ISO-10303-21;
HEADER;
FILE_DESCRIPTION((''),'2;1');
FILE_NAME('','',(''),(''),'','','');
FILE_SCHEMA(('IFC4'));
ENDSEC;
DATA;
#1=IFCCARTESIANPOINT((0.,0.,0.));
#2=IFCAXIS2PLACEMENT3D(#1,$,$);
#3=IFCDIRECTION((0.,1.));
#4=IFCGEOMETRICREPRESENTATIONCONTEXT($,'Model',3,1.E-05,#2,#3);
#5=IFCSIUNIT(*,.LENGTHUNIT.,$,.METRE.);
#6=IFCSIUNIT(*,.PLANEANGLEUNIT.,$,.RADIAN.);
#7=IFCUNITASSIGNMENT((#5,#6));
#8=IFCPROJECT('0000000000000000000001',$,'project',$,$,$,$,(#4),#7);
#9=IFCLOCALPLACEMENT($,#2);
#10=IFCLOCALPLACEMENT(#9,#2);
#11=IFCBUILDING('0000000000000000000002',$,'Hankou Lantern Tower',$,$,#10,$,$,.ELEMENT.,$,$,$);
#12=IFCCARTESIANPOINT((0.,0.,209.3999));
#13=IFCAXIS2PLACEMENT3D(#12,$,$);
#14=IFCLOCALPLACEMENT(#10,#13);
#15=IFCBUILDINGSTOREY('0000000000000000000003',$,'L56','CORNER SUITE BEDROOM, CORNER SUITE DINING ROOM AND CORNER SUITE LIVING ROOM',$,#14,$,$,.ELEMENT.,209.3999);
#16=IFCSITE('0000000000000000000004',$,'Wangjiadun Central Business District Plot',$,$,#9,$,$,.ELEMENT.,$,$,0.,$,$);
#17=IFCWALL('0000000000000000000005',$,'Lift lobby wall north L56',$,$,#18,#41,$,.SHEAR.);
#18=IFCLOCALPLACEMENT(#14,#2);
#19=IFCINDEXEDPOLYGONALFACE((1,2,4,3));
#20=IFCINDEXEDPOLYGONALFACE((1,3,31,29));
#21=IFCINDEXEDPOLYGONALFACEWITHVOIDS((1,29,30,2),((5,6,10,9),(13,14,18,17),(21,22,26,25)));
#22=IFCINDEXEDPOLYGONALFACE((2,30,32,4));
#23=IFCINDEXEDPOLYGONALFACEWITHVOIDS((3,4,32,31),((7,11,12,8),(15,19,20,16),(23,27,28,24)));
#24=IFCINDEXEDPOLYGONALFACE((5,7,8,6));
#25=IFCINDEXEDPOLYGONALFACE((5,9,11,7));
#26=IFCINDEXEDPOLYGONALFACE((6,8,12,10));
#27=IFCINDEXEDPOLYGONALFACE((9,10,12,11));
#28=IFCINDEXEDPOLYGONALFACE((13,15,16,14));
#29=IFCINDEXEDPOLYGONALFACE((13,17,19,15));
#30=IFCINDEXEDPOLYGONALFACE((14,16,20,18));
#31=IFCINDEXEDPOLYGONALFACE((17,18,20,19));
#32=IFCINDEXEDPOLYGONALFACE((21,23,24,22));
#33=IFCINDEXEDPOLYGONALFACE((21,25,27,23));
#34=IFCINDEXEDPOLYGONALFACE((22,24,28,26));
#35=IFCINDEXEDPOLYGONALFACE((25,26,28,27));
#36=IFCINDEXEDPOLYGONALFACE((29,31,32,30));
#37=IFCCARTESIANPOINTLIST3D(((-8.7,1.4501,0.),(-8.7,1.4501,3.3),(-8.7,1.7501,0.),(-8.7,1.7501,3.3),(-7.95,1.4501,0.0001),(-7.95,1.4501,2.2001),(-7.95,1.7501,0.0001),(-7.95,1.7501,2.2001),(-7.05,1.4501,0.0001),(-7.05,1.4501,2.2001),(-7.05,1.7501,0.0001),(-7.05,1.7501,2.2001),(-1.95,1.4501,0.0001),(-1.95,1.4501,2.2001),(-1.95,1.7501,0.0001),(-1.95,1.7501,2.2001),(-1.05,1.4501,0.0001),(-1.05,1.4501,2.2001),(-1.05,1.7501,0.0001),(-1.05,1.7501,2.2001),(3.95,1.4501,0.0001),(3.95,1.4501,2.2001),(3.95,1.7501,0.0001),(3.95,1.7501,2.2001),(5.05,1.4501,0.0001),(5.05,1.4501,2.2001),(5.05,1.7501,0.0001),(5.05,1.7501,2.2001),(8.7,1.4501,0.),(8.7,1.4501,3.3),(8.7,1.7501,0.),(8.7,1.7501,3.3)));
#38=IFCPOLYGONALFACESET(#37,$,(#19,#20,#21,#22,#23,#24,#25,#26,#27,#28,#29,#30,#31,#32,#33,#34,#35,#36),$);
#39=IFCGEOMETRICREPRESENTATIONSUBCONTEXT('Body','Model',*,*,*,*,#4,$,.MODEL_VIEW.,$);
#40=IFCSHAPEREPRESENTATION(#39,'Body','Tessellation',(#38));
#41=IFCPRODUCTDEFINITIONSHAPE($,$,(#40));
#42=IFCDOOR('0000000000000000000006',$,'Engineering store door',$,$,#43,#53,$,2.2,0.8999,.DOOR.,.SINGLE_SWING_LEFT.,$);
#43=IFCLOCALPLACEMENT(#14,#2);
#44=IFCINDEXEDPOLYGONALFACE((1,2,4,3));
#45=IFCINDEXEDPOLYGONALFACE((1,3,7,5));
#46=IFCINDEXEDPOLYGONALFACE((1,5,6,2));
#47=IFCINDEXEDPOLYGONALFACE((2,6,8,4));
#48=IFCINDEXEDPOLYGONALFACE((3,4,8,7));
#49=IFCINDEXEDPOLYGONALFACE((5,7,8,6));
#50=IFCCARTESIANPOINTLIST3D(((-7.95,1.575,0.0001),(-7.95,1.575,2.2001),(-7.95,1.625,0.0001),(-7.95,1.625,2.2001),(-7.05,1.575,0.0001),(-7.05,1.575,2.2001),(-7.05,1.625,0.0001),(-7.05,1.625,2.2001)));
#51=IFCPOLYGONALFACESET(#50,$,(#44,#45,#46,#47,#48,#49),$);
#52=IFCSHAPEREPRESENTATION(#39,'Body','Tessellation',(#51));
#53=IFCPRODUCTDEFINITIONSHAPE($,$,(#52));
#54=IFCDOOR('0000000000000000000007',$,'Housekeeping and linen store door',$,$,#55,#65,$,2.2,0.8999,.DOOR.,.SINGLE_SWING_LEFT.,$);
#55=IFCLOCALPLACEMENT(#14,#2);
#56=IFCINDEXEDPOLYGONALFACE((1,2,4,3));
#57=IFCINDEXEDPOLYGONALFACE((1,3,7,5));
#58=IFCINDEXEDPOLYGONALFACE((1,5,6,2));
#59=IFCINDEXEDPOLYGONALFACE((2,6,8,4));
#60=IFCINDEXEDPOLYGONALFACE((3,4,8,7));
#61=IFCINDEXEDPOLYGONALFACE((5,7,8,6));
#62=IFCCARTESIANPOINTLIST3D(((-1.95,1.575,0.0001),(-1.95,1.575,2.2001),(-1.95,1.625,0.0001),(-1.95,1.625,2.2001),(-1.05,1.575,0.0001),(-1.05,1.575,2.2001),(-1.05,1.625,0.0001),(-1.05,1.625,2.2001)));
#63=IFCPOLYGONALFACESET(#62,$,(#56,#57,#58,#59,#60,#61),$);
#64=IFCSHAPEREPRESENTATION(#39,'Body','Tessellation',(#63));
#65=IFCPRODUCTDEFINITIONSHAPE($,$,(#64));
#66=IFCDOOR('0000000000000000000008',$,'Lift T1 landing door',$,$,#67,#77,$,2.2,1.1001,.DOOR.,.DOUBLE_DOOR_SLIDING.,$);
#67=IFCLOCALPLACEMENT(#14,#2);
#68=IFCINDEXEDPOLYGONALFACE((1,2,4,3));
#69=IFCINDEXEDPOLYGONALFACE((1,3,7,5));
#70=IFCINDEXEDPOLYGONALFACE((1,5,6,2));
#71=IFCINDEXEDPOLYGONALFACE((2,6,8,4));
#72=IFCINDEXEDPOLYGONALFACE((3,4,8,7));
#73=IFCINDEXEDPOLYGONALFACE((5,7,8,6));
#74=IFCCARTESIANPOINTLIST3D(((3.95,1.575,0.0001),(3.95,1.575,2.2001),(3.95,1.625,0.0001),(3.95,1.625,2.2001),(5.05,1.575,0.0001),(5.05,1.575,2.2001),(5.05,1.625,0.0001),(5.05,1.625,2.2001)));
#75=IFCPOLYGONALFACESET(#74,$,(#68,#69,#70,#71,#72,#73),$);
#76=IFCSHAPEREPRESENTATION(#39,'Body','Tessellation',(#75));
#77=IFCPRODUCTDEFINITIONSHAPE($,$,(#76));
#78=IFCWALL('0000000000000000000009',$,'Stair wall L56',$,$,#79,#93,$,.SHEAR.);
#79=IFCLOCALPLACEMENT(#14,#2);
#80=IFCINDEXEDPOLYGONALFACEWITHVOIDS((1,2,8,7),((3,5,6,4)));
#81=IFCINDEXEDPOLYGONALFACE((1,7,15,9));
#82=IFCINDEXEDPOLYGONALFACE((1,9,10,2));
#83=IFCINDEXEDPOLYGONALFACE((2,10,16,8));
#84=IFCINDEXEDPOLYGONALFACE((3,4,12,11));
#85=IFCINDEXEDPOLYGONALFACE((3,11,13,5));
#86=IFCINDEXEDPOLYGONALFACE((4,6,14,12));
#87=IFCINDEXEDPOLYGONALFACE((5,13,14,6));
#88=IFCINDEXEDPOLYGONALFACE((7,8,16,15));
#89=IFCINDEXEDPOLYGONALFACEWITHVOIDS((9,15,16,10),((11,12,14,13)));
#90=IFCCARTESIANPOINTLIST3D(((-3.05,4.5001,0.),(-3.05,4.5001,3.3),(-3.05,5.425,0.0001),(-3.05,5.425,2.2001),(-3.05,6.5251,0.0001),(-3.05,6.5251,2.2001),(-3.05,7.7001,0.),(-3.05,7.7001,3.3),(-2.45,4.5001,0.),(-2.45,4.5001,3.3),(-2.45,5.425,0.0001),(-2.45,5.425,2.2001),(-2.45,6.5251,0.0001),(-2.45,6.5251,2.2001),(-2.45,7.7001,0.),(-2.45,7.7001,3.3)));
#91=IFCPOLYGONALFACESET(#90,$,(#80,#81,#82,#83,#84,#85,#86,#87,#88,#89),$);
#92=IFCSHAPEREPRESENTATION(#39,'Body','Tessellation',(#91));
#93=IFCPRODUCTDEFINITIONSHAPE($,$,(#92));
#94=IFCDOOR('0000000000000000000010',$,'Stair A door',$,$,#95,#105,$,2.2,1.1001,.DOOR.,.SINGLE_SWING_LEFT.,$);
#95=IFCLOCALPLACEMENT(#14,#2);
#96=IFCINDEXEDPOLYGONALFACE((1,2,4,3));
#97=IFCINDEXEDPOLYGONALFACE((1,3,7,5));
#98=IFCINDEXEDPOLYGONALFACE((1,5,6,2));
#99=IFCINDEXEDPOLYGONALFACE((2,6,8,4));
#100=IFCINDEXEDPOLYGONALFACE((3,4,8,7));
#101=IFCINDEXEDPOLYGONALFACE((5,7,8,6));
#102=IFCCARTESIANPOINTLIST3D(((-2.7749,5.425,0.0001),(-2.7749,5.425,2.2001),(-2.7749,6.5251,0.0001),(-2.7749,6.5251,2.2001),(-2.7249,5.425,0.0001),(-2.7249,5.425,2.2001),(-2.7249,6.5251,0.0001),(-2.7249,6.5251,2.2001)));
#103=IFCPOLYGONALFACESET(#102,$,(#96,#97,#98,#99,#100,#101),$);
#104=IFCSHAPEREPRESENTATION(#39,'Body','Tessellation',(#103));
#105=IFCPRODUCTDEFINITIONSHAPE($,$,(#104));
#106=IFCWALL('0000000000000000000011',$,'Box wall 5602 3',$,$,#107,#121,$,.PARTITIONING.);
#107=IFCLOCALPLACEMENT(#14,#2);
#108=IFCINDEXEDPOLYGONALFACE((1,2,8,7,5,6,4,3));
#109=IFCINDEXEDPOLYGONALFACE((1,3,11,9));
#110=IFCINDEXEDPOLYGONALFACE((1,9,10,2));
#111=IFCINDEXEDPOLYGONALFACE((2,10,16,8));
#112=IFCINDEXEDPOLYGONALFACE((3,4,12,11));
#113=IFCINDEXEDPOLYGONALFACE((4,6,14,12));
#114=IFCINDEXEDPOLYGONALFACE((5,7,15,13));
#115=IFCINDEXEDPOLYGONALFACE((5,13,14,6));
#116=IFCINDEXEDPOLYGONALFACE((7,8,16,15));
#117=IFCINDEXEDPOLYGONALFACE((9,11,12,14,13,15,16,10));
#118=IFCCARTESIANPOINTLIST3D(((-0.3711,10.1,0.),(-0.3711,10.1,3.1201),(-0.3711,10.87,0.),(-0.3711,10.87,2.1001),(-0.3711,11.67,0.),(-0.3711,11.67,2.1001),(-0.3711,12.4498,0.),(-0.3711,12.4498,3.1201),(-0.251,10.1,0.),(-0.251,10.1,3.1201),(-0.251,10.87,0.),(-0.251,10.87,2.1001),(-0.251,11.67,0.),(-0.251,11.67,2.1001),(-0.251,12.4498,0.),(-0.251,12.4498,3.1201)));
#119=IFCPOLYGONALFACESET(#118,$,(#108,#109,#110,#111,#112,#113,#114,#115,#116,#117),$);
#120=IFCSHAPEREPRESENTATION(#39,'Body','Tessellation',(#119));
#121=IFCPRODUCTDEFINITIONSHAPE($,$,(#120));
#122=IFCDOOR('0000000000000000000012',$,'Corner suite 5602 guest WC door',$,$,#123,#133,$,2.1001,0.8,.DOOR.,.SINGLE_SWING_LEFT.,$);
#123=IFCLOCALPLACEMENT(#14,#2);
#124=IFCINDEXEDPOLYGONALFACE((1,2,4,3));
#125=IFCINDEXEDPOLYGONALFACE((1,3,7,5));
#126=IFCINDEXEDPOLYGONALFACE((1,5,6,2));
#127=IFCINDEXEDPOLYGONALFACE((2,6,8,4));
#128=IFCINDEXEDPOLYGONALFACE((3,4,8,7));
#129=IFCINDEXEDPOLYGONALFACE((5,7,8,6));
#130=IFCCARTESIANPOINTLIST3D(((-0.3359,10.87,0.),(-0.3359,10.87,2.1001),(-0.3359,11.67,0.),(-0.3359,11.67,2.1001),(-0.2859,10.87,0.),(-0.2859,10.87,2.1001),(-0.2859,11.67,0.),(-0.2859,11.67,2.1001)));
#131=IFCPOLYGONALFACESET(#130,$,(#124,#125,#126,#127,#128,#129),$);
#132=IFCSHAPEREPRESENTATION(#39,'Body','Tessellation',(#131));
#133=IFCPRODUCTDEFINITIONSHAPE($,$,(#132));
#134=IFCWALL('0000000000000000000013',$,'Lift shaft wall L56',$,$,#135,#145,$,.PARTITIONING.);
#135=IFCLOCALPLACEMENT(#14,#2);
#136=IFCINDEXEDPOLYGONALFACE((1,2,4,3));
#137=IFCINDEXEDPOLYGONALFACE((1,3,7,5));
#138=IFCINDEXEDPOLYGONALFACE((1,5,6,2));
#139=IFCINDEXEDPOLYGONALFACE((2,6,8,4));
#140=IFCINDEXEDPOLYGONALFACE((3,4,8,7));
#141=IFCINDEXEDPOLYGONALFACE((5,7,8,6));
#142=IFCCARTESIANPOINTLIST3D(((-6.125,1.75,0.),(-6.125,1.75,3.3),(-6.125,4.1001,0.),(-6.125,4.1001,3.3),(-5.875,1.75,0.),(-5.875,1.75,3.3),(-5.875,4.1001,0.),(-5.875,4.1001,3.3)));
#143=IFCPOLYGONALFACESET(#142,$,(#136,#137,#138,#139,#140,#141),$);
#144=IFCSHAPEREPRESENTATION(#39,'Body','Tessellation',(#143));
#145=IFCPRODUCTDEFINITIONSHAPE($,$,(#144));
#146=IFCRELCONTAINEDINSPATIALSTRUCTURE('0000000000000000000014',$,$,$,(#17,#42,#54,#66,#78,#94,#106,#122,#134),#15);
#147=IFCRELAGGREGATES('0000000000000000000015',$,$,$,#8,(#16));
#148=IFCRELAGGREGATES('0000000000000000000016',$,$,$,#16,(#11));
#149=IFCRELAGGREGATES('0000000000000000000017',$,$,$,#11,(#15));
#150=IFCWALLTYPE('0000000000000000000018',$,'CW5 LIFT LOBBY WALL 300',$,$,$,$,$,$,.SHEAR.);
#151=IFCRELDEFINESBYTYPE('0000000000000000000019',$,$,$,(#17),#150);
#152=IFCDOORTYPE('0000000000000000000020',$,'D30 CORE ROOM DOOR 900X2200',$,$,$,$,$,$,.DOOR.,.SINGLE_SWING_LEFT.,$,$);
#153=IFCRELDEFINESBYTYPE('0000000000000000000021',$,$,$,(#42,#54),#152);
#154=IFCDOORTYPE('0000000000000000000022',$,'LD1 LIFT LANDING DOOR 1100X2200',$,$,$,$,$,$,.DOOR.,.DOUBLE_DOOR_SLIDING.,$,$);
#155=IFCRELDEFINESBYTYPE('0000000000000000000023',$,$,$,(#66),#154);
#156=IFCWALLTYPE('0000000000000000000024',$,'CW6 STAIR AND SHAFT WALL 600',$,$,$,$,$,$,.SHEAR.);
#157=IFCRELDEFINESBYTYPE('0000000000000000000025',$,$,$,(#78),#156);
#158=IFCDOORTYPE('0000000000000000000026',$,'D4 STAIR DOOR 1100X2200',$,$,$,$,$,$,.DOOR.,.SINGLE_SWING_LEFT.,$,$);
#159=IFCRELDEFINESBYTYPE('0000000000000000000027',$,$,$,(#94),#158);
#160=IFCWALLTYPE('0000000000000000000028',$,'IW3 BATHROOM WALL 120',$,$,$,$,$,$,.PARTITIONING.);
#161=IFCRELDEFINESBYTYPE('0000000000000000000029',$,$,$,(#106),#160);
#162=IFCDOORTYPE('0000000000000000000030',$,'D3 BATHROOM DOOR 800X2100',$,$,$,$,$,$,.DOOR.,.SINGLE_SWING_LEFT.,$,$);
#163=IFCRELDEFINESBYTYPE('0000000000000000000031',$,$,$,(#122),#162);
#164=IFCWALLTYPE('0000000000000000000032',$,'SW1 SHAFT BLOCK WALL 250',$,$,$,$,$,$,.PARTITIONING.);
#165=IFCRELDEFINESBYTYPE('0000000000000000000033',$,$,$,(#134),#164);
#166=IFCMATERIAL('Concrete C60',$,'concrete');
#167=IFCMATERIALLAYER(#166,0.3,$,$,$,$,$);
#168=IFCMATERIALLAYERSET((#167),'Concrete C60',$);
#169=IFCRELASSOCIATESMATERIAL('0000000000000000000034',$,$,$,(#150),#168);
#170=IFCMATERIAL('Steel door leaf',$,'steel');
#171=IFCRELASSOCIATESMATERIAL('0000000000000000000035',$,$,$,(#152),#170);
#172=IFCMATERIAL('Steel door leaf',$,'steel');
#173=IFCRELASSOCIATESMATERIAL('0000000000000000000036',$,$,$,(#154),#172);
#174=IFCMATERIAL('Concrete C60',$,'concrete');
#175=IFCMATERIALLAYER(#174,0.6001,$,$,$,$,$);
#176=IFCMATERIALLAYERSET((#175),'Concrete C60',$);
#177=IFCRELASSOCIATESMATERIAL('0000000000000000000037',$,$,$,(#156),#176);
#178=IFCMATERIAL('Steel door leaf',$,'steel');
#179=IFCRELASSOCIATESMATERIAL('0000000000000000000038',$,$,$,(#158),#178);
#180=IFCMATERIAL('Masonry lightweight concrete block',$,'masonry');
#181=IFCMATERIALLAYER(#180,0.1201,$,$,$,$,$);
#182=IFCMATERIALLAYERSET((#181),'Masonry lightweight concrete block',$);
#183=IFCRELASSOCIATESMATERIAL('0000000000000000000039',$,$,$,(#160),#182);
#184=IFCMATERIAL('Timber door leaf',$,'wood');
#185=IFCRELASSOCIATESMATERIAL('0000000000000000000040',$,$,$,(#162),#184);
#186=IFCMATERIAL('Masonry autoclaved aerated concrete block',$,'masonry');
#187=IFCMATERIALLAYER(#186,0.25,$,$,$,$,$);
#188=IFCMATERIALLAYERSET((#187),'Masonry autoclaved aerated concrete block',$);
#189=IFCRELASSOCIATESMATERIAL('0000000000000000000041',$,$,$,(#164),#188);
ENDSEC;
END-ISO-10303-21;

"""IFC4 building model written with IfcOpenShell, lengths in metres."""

from ifc_helpers import new_model, si_unit, direction, frame, frame_2d, origin, place, context, subcontext, project, spatial, rectangle, extrude, material, layer, layer_set, type_object, element, fill, save


model = new_model("IFC4")

# Units and contexts
model_context = context("Model", 3, precision=1e-05, world=origin(), true_north=direction((0.0, 1.0)))
body_context = subcontext(model_context, "Body", "Model", "MODEL_VIEW")
ifc_project = project(units=[si_unit("LENGTHUNIT", "METRE"), si_unit("PLANEANGLEUNIT", "RADIAN")], contexts=[model_context])

# Site, building, storey
site_placement = place(None, origin())
site = spatial("IfcSite", under=ifc_project, at=site_placement, Name="Wangjiadun Central Business District Plot", CompositionType="ELEMENT", RefElevation=0.0)
building_placement = place(site_placement, origin())
building = spatial("IfcBuilding", under=site, at=building_placement, Name="Hankou Lantern Tower", CompositionType="ELEMENT")
storey_placement = place(building_placement, frame((0.0, 0.0, 209.3999)))
storey = spatial("IfcBuildingStorey", under=building, at=storey_placement, Name="L56", Description="CORNER SUITE BEDROOM, CORNER SUITE DINING ROOM AND CORNER SUITE LIVING ROOM", CompositionType="ELEMENT", Elevation=209.3999)

# Wall, openings, doors
ifc_material_1 = material(Name="Concrete C60", Category="concrete")
ifc_layer_1 = layer(ifc_material_1, 0.3)
ifc_layer_set_1 = layer_set([ifc_layer_1], Name="Concrete C60")
wall_type_1 = type_object("IfcWallType", Name="CW5 LIFT LOBBY WALL 300", PredefinedType="SHEAR", material=ifc_layer_set_1)
wall_1_placement = place(storey_placement, frame((-8.7, 1.6001, 0.0), z_axis=(0.0, 0.0, 1.0), x_axis=(1.0, 0.0, 0.0)))
wall_1 = element("IfcWall", 1, at=wall_1_placement, inside=storey, type_object=wall_type_1, Name="Lift lobby wall north L56", PredefinedType="SHEAR", context=body_context, shape_type="SweptSolid", body=[
    extrude(rectangle(XDim=17.3999, YDim=0.3, at=frame_2d((8.7, 0.0))), origin(), (0.0, 0.0, 1.0), 3.3),
])
opening_1_placement = place(wall_1_placement, frame((12.6499, 0.0, 0.0)))
opening_1 = element("IfcOpeningElement", 2, at=opening_1_placement, cuts=wall_1, PredefinedType="OPENING", context=body_context, shape_type="SweptSolid", body=[
    extrude(rectangle(XDim=1.1001, YDim=2.2, at=frame_2d((0.55, 1.1001))), frame((0.0, 0.1599, 0.0), z_axis=(0.0, -1.0, 0.0), x_axis=(1.0, 0.0, 0.0)), (0.0, 0.0, 1.0), 0.3201),
])
opening_2_placement = place(wall_1_placement, frame((0.75, 0.0, 0.0)))
opening_2 = element("IfcOpeningElement", 3, at=opening_2_placement, cuts=wall_1, PredefinedType="OPENING", context=body_context, shape_type="SweptSolid", body=[
    extrude(rectangle(XDim=0.8999, YDim=2.2, at=frame_2d((0.45, 1.1001))), frame((0.0, 0.1599, 0.0), z_axis=(0.0, -1.0, 0.0), x_axis=(1.0, 0.0, 0.0)), (0.0, 0.0, 1.0), 0.3201),
])
opening_3_placement = place(wall_1_placement, frame((6.75, 0.0, 0.0)))
opening_3 = element("IfcOpeningElement", 4, at=opening_3_placement, cuts=wall_1, PredefinedType="OPENING", context=body_context, shape_type="SweptSolid", body=[
    extrude(rectangle(XDim=0.8999, YDim=2.2, at=frame_2d((0.45, 1.1001))), frame((0.0, 0.1599, 0.0), z_axis=(0.0, -1.0, 0.0), x_axis=(1.0, 0.0, 0.0)), (0.0, 0.0, 1.0), 0.3201),
])
ifc_material_2 = material(Name="Steel door leaf", Category="steel")
door_type_1 = type_object("IfcDoorType", Name="D30 CORE ROOM DOOR 900X2200", OperationType="SINGLE_SWING_LEFT", PredefinedType="DOOR", material=ifc_material_2)
door_1_placement = place(opening_2_placement, origin())
door_1 = element("IfcDoor", 5, at=door_1_placement, inside=storey, type_object=door_type_1, Name="Engineering store door", OperationType="SINGLE_SWING_LEFT", OverallHeight=2.2, OverallWidth=0.8999, PredefinedType="DOOR", context=body_context, shape_type="SweptSolid", body=[
    extrude(rectangle(XDim=0.8999, YDim=2.2, at=frame_2d((0.45, 1.1001))), frame((0.0, 0.0249, 0.0), z_axis=(0.0, -1.0, 0.0), x_axis=(1.0, 0.0, 0.0)), (0.0, 0.0, 1.0), 0.05),
])
fill(opening_2, door_1)
door_2_placement = place(opening_3_placement, origin())
door_2 = element("IfcDoor", 6, at=door_2_placement, inside=storey, type_object=door_type_1, Name="Housekeeping and linen store door", OperationType="SINGLE_SWING_LEFT", OverallHeight=2.2, OverallWidth=0.8999, PredefinedType="DOOR", context=body_context, shape_type="SweptSolid", body=[
    extrude(rectangle(XDim=0.8999, YDim=2.2, at=frame_2d((0.45, 1.1001))), frame((0.0, 0.0249, 0.0), z_axis=(0.0, -1.0, 0.0), x_axis=(1.0, 0.0, 0.0)), (0.0, 0.0, 1.0), 0.05),
])
fill(opening_3, door_2)
ifc_material_3 = material(Name="Steel door leaf", Category="steel")
door_type_2 = type_object("IfcDoorType", Name="LD1 LIFT LANDING DOOR 1100X2200", OperationType="DOUBLE_DOOR_SLIDING", PredefinedType="DOOR", material=ifc_material_3)
door_3_placement = place(opening_1_placement, origin())
door_3 = element("IfcDoor", 7, at=door_3_placement, inside=storey, type_object=door_type_2, Name="Lift T1 landing door", OperationType="DOUBLE_DOOR_SLIDING", OverallHeight=2.2, OverallWidth=1.1001, PredefinedType="DOOR", context=body_context, shape_type="SweptSolid", body=[
    extrude(rectangle(XDim=1.1001, YDim=2.2, at=frame_2d((0.55, 1.1001))), frame((0.0, 0.0249, 0.0), z_axis=(0.0, -1.0, 0.0), x_axis=(1.0, 0.0, 0.0)), (0.0, 0.0, 1.0), 0.05),
])
fill(opening_1, door_3)

# Walls, openings, doors
ifc_material_4 = material(Name="Concrete C60", Category="concrete")
ifc_layer_2 = layer(ifc_material_4, 0.6001)
ifc_layer_set_2 = layer_set([ifc_layer_2], Name="Concrete C60")
wall_type_2 = type_object("IfcWallType", Name="CW6 STAIR AND SHAFT WALL 600", PredefinedType="SHEAR", material=ifc_layer_set_2)
wall_2_placement = place(storey_placement, frame((-2.75, 4.5, 0.0), z_axis=(0.0, 0.0, 1.0), x_axis=(0.0, 1.0, 0.0)))
wall_2 = element("IfcWall", 8, at=wall_2_placement, inside=storey, type_object=wall_type_2, Name="Stair wall L56", PredefinedType="SHEAR", context=body_context, shape_type="SweptSolid", body=[
    extrude(rectangle(XDim=3.2, YDim=0.6001, at=frame_2d((1.6001, 0.0))), origin(), (0.0, 0.0, 1.0), 3.3),
])
opening_4_placement = place(wall_2_placement, frame((0.925, 0.0, 0.0)))
opening_4 = element("IfcOpeningElement", 9, at=opening_4_placement, cuts=wall_2, PredefinedType="OPENING", context=body_context, shape_type="SweptSolid", body=[
    extrude(rectangle(XDim=1.1001, YDim=2.2, at=frame_2d((0.55, 1.1001))), frame((0.0, 0.3101, 0.0), z_axis=(0.0, -1.0, 0.0), x_axis=(1.0, 0.0, 0.0)), (0.0, 0.0, 1.0), 0.6201),
])
ifc_material_5 = material(Name="Steel door leaf", Category="steel")
door_type_3 = type_object("IfcDoorType", Name="D4 STAIR DOOR 1100X2200", OperationType="SINGLE_SWING_LEFT", PredefinedType="DOOR", material=ifc_material_5)
door_4_placement = place(opening_4_placement, origin())
door_4 = element("IfcDoor", 10, at=door_4_placement, inside=storey, type_object=door_type_3, Name="Stair A door", OperationType="SINGLE_SWING_LEFT", OverallHeight=2.2, OverallWidth=1.1001, PredefinedType="DOOR", context=body_context, shape_type="SweptSolid", body=[
    extrude(rectangle(XDim=1.1001, YDim=2.2, at=frame_2d((0.55, 1.1001))), frame((0.0, 0.0249, 0.0), z_axis=(0.0, -1.0, 0.0), x_axis=(1.0, 0.0, 0.0)), (0.0, 0.0, 1.0), 0.05),
])
fill(opening_4, door_4)
ifc_material_6 = material(Name="Masonry lightweight concrete block", Category="masonry")
ifc_layer_3 = layer(ifc_material_6, 0.1201)
ifc_layer_set_3 = layer_set([ifc_layer_3], Name="Masonry lightweight concrete block")
wall_type_3 = type_object("IfcWallType", Name="IW3 BATHROOM WALL 120", PredefinedType="PARTITIONING", material=ifc_layer_set_3)
wall_3_placement = place(storey_placement, frame((-0.311, 10.1001, 0.0), z_axis=(0.0, 0.0, 1.0), x_axis=(0.0, 1.0, 0.0)))
wall_3 = element("IfcWall", 11, at=wall_3_placement, inside=storey, type_object=wall_type_3, Name="Box wall 5602 3", PredefinedType="PARTITIONING", context=body_context, shape_type="SweptSolid", body=[
    extrude(rectangle(XDim=2.3499, YDim=0.1201, at=frame_2d((1.1748, 0.0))), origin(), (0.0, 0.0, 1.0), 3.1201),
])
opening_5_placement = place(wall_3_placement, frame((0.77, 0.0, 0.0)))
opening_5 = element("IfcOpeningElement", 12, at=opening_5_placement, cuts=wall_3, PredefinedType="OPENING", context=body_context, shape_type="SweptSolid", body=[
    extrude(rectangle(XDim=0.8, YDim=2.1001, at=frame_2d((0.3999, 1.05))), frame((0.0, 0.0701, 0.0), z_axis=(0.0, -1.0, 0.0), x_axis=(1.0, 0.0, 0.0)), (0.0, 0.0, 1.0), 0.1401),
])
ifc_material_7 = material(Name="Timber door leaf", Category="wood")
door_type_4 = type_object("IfcDoorType", Name="D3 BATHROOM DOOR 800X2100", OperationType="SINGLE_SWING_LEFT", PredefinedType="DOOR", material=ifc_material_7)
door_5_placement = place(opening_5_placement, origin())
door_5 = element("IfcDoor", 13, at=door_5_placement, inside=storey, type_object=door_type_4, Name="Corner suite 5602 guest WC door", OperationType="SINGLE_SWING_LEFT", OverallHeight=2.1001, OverallWidth=0.8, PredefinedType="DOOR", context=body_context, shape_type="SweptSolid", body=[
    extrude(rectangle(XDim=0.8, YDim=2.1001, at=frame_2d((0.3999, 1.05))), frame((0.0, 0.0249, 0.0), z_axis=(0.0, -1.0, 0.0), x_axis=(1.0, 0.0, 0.0)), (0.0, 0.0, 1.0), 0.05),
])
fill(opening_5, door_5)

# Wall
ifc_material_8 = material(Name="Masonry autoclaved aerated concrete block", Category="masonry")
ifc_layer_4 = layer(ifc_material_8, 0.25)
ifc_layer_set_4 = layer_set([ifc_layer_4], Name="Masonry autoclaved aerated concrete block")
wall_type_4 = type_object("IfcWallType", Name="SW1 SHAFT BLOCK WALL 250", PredefinedType="PARTITIONING", material=ifc_layer_set_4)
wall_4_placement = place(storey_placement, frame((-6.0, 1.75, 0.0), z_axis=(0.0, 0.0, 1.0), x_axis=(0.0, 1.0, 0.0)))
element("IfcWall", 14, at=wall_4_placement, inside=storey, type_object=wall_type_4, Name="Lift shaft wall L56", PredefinedType="PARTITIONING", context=body_context, shape_type="SweptSolid", body=[
    extrude(rectangle(XDim=2.3501, YDim=0.25, at=frame_2d((1.175, 0.0))), origin(), (0.0, 0.0, 1.0), 3.3),
])

save(model, "model.ifc")
